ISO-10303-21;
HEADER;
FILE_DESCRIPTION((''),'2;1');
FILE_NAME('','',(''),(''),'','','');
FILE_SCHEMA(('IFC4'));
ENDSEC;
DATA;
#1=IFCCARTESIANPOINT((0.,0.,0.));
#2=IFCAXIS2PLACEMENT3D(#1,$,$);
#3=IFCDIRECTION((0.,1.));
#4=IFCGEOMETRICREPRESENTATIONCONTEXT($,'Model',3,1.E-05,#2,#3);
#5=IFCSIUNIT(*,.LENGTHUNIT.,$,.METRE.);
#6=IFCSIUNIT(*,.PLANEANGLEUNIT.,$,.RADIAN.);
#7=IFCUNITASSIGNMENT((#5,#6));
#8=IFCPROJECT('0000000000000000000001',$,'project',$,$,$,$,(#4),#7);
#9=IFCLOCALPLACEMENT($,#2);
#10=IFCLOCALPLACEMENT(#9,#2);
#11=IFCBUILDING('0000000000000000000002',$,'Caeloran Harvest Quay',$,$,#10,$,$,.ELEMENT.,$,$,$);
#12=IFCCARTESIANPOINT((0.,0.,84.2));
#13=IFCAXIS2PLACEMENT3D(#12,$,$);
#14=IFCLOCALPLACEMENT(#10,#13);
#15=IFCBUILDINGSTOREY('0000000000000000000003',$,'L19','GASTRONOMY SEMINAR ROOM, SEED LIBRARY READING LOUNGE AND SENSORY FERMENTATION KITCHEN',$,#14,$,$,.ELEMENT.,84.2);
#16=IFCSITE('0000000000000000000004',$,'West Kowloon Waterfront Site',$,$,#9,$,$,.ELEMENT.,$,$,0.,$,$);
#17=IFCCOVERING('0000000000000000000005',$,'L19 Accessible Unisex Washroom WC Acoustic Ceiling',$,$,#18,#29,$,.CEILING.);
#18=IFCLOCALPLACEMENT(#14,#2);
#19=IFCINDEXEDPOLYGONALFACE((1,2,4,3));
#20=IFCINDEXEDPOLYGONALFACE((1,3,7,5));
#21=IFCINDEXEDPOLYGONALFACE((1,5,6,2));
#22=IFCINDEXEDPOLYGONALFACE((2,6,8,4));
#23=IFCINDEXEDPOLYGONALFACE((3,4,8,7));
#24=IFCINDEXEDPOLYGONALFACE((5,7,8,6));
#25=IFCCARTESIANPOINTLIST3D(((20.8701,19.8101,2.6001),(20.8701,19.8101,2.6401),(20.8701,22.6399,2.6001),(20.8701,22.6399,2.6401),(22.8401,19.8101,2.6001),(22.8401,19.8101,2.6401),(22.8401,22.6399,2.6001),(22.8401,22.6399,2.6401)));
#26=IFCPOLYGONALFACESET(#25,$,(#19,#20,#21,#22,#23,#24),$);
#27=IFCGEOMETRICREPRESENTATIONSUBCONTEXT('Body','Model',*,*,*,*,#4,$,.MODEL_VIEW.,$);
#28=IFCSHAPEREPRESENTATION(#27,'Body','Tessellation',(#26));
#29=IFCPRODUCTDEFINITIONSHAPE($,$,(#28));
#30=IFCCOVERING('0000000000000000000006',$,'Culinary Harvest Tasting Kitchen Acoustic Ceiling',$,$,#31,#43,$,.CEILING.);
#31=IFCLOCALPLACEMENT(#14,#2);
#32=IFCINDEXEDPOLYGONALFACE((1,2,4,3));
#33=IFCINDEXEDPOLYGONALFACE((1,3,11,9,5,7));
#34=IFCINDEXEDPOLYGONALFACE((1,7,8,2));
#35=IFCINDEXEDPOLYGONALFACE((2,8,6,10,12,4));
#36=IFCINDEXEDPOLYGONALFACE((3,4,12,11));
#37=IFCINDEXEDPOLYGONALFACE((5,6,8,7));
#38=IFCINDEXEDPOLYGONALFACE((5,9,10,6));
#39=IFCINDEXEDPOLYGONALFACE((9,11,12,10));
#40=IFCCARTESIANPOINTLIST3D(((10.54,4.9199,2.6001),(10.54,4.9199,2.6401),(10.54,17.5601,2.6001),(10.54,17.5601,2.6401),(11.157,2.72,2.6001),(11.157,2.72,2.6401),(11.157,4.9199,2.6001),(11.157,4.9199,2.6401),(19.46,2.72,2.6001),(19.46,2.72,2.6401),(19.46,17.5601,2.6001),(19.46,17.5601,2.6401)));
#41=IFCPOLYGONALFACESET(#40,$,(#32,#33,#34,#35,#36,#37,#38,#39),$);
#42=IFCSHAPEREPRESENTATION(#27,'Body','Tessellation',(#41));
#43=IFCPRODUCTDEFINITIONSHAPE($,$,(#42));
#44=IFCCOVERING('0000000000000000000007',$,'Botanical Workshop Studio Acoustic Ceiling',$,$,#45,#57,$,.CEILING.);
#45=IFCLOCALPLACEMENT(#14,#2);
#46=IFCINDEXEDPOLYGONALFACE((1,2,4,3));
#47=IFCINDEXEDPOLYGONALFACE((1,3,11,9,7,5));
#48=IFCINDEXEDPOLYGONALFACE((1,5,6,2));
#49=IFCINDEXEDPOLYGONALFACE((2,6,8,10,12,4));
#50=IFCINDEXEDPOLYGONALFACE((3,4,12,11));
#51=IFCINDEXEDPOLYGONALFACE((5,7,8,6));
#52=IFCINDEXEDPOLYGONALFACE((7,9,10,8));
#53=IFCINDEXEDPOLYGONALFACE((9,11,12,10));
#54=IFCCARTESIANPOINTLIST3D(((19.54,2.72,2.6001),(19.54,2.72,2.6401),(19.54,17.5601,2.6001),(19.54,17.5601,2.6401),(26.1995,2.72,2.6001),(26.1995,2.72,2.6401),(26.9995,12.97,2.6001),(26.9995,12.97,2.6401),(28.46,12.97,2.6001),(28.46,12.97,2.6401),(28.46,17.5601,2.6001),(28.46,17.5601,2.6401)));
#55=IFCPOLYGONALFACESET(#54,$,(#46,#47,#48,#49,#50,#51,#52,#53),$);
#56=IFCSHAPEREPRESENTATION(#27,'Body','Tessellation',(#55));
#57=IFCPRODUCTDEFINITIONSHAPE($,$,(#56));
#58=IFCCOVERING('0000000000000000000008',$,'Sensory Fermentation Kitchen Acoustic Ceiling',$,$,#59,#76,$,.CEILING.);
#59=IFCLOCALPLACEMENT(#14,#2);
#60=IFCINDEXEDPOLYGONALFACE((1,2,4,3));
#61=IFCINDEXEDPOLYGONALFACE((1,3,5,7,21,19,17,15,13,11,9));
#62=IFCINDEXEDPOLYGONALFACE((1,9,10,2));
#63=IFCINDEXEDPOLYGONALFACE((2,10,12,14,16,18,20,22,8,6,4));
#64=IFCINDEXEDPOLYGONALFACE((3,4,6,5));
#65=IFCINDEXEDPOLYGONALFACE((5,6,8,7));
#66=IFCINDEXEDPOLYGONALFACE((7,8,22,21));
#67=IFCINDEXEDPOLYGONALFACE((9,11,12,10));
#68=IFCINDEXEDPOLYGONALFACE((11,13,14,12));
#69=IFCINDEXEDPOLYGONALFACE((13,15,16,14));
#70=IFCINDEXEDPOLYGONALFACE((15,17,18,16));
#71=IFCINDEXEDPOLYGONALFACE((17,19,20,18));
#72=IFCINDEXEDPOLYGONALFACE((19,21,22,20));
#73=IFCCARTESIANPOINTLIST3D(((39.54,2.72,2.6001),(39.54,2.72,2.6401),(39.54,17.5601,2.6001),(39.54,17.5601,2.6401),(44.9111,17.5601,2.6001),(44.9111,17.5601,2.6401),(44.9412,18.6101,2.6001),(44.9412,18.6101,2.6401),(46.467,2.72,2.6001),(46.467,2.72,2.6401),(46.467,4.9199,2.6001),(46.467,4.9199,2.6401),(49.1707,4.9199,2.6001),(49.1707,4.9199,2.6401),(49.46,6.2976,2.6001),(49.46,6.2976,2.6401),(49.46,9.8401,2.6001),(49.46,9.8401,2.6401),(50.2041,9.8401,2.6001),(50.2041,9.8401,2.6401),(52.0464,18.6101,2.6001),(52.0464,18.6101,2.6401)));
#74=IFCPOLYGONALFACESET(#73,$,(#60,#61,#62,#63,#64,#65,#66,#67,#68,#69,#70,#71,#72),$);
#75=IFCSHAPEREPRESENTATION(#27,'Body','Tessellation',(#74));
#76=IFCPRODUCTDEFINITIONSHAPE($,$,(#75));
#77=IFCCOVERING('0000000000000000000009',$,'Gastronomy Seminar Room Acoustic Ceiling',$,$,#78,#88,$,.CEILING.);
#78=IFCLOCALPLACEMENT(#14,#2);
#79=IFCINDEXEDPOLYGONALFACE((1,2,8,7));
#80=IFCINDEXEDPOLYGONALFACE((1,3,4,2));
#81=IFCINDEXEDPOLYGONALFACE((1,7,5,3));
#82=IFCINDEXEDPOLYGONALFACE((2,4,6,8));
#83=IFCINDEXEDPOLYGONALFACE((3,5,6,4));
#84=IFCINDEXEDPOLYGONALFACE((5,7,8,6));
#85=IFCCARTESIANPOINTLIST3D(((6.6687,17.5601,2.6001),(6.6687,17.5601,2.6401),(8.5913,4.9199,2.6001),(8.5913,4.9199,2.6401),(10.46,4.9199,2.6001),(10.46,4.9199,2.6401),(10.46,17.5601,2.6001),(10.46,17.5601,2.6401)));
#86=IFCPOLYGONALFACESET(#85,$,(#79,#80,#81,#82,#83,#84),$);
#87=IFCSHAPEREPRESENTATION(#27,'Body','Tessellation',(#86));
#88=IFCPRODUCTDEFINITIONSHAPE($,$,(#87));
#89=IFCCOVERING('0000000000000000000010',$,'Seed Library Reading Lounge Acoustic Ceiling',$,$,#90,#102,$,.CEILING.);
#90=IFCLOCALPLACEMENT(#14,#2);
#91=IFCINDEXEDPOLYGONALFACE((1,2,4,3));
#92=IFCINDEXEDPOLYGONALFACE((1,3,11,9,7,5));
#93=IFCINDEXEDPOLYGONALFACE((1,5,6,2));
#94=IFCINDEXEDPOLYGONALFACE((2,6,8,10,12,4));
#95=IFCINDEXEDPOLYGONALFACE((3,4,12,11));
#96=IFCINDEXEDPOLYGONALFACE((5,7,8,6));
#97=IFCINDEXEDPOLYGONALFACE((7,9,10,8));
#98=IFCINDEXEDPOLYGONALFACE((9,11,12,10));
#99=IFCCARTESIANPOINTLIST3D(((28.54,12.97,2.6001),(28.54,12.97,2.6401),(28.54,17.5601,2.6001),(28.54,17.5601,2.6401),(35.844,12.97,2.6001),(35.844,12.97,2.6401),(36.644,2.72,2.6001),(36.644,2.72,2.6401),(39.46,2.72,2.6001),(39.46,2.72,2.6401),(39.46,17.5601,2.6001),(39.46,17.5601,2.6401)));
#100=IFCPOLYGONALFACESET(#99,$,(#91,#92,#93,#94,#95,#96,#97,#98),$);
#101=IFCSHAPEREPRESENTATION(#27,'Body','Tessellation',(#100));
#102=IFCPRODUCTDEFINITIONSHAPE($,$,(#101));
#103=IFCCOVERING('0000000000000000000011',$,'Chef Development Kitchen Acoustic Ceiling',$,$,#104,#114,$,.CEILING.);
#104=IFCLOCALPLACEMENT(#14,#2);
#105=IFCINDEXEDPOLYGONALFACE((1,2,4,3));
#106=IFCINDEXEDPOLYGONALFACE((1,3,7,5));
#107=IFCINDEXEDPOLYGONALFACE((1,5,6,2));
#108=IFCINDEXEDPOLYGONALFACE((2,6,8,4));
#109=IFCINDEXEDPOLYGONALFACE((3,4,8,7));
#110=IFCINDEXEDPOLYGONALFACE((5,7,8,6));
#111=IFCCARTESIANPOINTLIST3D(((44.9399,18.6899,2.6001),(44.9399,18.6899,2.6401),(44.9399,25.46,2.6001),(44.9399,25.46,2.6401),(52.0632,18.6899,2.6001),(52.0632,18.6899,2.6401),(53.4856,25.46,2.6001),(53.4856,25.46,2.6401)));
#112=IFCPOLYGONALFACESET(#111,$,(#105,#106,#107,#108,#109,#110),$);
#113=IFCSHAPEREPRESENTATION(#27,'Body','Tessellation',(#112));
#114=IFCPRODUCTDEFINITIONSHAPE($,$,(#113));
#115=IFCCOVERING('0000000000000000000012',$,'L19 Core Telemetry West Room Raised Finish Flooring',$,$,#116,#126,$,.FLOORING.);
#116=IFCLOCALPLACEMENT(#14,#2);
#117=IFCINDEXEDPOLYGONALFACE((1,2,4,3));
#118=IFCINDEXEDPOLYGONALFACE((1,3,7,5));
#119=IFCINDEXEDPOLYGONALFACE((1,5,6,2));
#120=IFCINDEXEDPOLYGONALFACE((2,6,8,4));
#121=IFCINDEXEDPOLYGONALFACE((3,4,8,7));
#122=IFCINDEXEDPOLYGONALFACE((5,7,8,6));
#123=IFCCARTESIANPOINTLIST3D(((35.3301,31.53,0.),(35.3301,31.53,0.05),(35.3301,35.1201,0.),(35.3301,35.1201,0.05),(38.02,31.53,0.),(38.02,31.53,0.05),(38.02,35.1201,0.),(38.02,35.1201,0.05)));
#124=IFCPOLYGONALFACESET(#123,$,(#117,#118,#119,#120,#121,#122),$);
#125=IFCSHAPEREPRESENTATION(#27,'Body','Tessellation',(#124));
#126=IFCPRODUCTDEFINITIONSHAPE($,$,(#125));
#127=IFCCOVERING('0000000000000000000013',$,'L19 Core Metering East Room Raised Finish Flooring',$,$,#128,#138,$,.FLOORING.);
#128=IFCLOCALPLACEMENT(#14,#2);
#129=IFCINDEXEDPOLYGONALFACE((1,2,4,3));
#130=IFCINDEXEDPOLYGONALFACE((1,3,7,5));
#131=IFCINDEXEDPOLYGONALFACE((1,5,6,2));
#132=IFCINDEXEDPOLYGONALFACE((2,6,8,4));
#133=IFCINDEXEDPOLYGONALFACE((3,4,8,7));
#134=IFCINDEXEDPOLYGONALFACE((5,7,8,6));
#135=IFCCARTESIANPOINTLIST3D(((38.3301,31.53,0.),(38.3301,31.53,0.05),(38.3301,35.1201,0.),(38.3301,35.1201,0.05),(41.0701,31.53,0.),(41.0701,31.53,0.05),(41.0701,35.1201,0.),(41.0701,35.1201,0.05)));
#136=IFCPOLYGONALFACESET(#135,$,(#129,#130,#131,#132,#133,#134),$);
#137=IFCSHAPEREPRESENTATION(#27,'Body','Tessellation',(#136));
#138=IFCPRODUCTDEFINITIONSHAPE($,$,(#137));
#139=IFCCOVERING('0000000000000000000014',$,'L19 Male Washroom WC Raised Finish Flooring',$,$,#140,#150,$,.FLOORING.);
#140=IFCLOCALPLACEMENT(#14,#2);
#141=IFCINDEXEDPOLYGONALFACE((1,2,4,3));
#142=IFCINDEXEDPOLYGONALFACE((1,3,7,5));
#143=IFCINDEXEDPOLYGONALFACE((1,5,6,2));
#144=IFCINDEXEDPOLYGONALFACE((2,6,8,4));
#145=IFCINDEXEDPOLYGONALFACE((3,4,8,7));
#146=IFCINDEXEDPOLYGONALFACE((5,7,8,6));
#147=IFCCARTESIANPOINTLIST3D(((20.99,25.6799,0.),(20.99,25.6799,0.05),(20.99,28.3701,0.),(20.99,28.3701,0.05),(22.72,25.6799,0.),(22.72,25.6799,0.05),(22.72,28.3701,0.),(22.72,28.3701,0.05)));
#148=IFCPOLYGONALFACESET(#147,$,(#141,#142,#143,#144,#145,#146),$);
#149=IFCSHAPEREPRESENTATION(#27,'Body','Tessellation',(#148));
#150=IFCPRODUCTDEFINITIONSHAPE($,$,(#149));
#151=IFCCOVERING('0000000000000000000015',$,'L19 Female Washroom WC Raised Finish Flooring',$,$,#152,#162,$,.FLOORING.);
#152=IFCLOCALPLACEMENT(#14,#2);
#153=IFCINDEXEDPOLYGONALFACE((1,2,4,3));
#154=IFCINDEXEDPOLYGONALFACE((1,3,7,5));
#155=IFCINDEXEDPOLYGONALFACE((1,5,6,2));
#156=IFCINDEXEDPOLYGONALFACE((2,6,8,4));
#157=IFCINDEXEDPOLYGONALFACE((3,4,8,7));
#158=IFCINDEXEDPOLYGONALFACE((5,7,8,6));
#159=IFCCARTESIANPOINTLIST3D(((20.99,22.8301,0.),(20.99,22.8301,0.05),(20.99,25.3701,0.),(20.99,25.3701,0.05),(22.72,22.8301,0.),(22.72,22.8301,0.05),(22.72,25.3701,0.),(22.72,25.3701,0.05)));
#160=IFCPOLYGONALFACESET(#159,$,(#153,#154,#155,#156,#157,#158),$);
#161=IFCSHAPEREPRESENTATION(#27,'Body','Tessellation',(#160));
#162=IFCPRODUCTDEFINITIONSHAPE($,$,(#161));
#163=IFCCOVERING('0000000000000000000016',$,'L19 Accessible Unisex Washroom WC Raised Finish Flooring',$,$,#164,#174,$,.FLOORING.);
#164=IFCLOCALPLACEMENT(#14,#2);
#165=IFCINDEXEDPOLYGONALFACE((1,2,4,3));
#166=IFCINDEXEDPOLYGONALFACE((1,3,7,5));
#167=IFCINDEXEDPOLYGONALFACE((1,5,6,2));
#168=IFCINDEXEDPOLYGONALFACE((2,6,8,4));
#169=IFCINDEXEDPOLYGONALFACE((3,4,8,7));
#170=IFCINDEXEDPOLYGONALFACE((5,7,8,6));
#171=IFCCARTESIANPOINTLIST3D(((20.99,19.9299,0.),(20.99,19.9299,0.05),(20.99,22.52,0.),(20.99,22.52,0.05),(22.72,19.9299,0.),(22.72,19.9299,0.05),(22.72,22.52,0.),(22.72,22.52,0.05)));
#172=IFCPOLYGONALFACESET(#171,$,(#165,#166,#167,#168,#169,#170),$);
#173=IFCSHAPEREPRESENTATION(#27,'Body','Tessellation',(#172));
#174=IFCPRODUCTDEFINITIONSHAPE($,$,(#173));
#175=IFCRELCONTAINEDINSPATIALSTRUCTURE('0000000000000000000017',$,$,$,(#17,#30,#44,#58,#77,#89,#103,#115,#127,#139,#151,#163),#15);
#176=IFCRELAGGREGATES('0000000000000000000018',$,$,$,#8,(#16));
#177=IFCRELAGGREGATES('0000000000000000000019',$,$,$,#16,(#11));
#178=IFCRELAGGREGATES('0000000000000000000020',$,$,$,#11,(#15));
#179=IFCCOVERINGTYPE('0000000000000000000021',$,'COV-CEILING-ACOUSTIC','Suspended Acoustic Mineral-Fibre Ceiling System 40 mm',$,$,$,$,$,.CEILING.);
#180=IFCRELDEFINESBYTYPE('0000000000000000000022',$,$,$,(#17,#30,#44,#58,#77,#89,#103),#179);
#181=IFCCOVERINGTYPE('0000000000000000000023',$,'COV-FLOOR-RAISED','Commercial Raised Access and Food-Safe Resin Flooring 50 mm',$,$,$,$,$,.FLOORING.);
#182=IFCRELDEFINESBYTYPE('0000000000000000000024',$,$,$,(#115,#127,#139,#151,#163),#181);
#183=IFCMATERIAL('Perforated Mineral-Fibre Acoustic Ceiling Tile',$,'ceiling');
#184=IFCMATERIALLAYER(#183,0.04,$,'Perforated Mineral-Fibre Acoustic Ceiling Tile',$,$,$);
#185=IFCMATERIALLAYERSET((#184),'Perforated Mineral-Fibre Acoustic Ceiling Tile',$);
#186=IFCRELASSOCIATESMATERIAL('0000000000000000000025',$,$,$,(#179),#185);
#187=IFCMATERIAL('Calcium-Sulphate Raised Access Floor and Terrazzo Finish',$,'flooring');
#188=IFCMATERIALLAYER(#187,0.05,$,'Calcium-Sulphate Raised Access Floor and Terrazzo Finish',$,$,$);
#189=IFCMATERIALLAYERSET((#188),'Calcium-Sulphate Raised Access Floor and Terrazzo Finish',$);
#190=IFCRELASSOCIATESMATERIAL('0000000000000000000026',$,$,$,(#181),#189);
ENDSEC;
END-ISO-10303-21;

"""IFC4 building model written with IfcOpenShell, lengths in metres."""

from ifc_helpers import new_model, si_unit, direction, frame, origin, place, context, subcontext, project, spatial, polyline, outline, extrude, material, layer, layer_set, type_object, element, save


model = new_model("IFC4")

# Units and contexts
model_context = context("Model", 3, precision=1e-05, world=origin(), true_north=direction((0.0, 1.0)))
body_context = subcontext(model_context, "Body", "Model", "MODEL_VIEW")
ifc_project = project(units=[si_unit("LENGTHUNIT", "METRE"), si_unit("PLANEANGLEUNIT", "RADIAN")], contexts=[model_context])

# Site, building, storey
site_placement = place(None, origin())
site = spatial("IfcSite", under=ifc_project, at=site_placement, Name="West Kowloon Waterfront Site", CompositionType="ELEMENT", RefElevation=0.0)
building_placement = place(site_placement, origin())
building = spatial("IfcBuilding", under=site, at=building_placement, Name="Caeloran Harvest Quay", CompositionType="ELEMENT")
storey_placement = place(building_placement, frame((0.0, 0.0, 84.2)))
storey = spatial("IfcBuildingStorey", under=building, at=storey_placement, Name="L19", Description="GASTRONOMY SEMINAR ROOM, SEED LIBRARY READING LOUNGE AND SENSORY FERMENTATION KITCHEN", CompositionType="ELEMENT", Elevation=84.2)

# Coverings
ifc_material_1 = material(Name="Perforated Mineral-Fibre Acoustic Ceiling Tile", Category="ceiling")
ifc_layer_1 = layer(ifc_material_1, 0.04, Name="Perforated Mineral-Fibre Acoustic Ceiling Tile")
ifc_layer_set_1 = layer_set([ifc_layer_1], Name="Perforated Mineral-Fibre Acoustic Ceiling Tile")
covering_type_1 = type_object("IfcCoveringType", Name="COV-CEILING-ACOUSTIC", Description="Suspended Acoustic Mineral-Fibre Ceiling System 40 mm", PredefinedType="CEILING", material=ifc_layer_set_1)
covering_1_placement = place(storey_placement, frame((0.0, 0.0, 2.6001)))
element("IfcCovering", 1, at=covering_1_placement, inside=storey, type_object=covering_type_1, Name="L19 Accessible Unisex Washroom WC Acoustic Ceiling", PredefinedType="CEILING", context=body_context, shape_type="SweptSolid", body=[
    extrude(outline(polyline([(22.8401, 19.8101), (20.8701, 19.8101), (20.8701, 22.6399), (22.8401, 22.6399), (22.8401, 19.8101)])), origin(), (0.0, 0.0, 1.0), 0.04),
])
covering_2_placement = place(storey_placement, frame((0.0, 0.0, 2.6001)))
element("IfcCovering", 2, at=covering_2_placement, inside=storey, type_object=covering_type_1, Name="Culinary Harvest Tasting Kitchen Acoustic Ceiling", PredefinedType="CEILING", context=body_context, shape_type="SweptSolid", body=[
    extrude(outline(polyline([(11.157, 4.9199), (10.54, 4.9199), (10.54, 17.5601), (19.46, 17.5601), (19.46, 2.72), (11.157, 2.72), (11.157, 4.9199)])), origin(), (0.0, 0.0, 1.0), 0.04),
])
covering_3_placement = place(storey_placement, frame((0.0, 0.0, 2.6001)))
element("IfcCovering", 3, at=covering_3_placement, inside=storey, type_object=covering_type_1, Name="Botanical Workshop Studio Acoustic Ceiling", PredefinedType="CEILING", context=body_context, shape_type="SweptSolid", body=[
    extrude(outline(polyline([(26.1995, 2.72), (19.54, 2.72), (19.54, 17.5601), (28.46, 17.5601), (28.46, 12.97), (26.9995, 12.97), (26.1995, 2.72)])), origin(), (0.0, 0.0, 1.0), 0.04),
])
covering_4_placement = place(storey_placement, frame((0.0, 0.0, 2.6001)))
element("IfcCovering", 4, at=covering_4_placement, inside=storey, type_object=covering_type_1, Name="Sensory Fermentation Kitchen Acoustic Ceiling", PredefinedType="CEILING", context=body_context, shape_type="SweptSolid", body=[
    extrude(outline(polyline([(52.0464, 18.6101), (50.2041, 9.8401), (49.46, 9.8401), (49.46, 6.2976), (49.1707, 4.9199), (46.467, 4.9199), (46.467, 2.72), (39.54, 2.72), (39.54, 17.5601), (44.9111, 17.5601), (44.9412, 18.6101), (52.0464, 18.6101)])), origin(), (0.0, 0.0, 1.0), 0.04),
])
covering_5_placement = place(storey_placement, frame((0.0, 0.0, 2.6001)))
element("IfcCovering", 5, at=covering_5_placement, inside=storey, type_object=covering_type_1, Name="Gastronomy Seminar Room Acoustic Ceiling", PredefinedType="CEILING", context=body_context, shape_type="SweptSolid", body=[
    extrude(outline(polyline([(10.46, 4.9199), (8.5913, 4.9199), (6.6687, 17.5601), (10.46, 17.5601), (10.46, 4.9199)])), origin(), (0.0, 0.0, 1.0), 0.04),
])
covering_6_placement = place(storey_placement, frame((0.0, 0.0, 2.6001)))
element("IfcCovering", 6, at=covering_6_placement, inside=storey, type_object=covering_type_1, Name="Seed Library Reading Lounge Acoustic Ceiling", PredefinedType="CEILING", context=body_context, shape_type="SweptSolid", body=[
    extrude(outline(polyline([(28.54, 17.5601), (39.46, 17.5601), (39.46, 2.72), (36.644, 2.72), (35.844, 12.97), (28.54, 12.97), (28.54, 17.5601)])), origin(), (0.0, 0.0, 1.0), 0.04),
])
covering_7_placement = place(storey_placement, frame((0.0, 0.0, 2.6001)))
element("IfcCovering", 7, at=covering_7_placement, inside=storey, type_object=covering_type_1, Name="Chef Development Kitchen Acoustic Ceiling", PredefinedType="CEILING", context=body_context, shape_type="SweptSolid", body=[
    extrude(outline(polyline([(44.9399, 18.6899), (44.9399, 25.46), (53.4856, 25.46), (52.0632, 18.6899), (44.9399, 18.6899)])), origin(), (0.0, 0.0, 1.0), 0.04),
])
ifc_material_2 = material(Name="Calcium-Sulphate Raised Access Floor and Terrazzo Finish", Category="flooring")
ifc_layer_2 = layer(ifc_material_2, 0.05, Name="Calcium-Sulphate Raised Access Floor and Terrazzo Finish")
ifc_layer_set_2 = layer_set([ifc_layer_2], Name="Calcium-Sulphate Raised Access Floor and Terrazzo Finish")
covering_type_2 = type_object("IfcCoveringType", Name="COV-FLOOR-RAISED", Description="Commercial Raised Access and Food-Safe Resin Flooring 50 mm", PredefinedType="FLOORING", material=ifc_layer_set_2)
covering_8_placement = place(storey_placement, origin())
element("IfcCovering", 8, at=covering_8_placement, inside=storey, type_object=covering_type_2, Name="L19 Core Telemetry West Room Raised Finish Flooring", PredefinedType="FLOORING", context=body_context, shape_type="SweptSolid", body=[
    extrude(outline(polyline([(38.02, 35.1201), (38.02, 31.53), (35.3301, 31.53), (35.3301, 35.1201), (38.02, 35.1201)])), origin(), (0.0, 0.0, 1.0), 0.05),
])
covering_9_placement = place(storey_placement, origin())
element("IfcCovering", 9, at=covering_9_placement, inside=storey, type_object=covering_type_2, Name="L19 Core Metering East Room Raised Finish Flooring", PredefinedType="FLOORING", context=body_context, shape_type="SweptSolid", body=[
    extrude(outline(polyline([(41.0701, 35.1201), (41.0701, 31.53), (38.3301, 31.53), (38.3301, 35.1201), (41.0701, 35.1201)])), origin(), (0.0, 0.0, 1.0), 0.05),
])
covering_10_placement = place(storey_placement, origin())
element("IfcCovering", 10, at=covering_10_placement, inside=storey, type_object=covering_type_2, Name="L19 Male Washroom WC Raised Finish Flooring", PredefinedType="FLOORING", context=body_context, shape_type="SweptSolid", body=[
    extrude(outline(polyline([(22.72, 25.6799), (20.99, 25.6799), (20.99, 28.3701), (22.72, 28.3701), (22.72, 25.6799)])), origin(), (0.0, 0.0, 1.0), 0.05),
])
covering_11_placement = place(storey_placement, origin())
element("IfcCovering", 11, at=covering_11_placement, inside=storey, type_object=covering_type_2, Name="L19 Female Washroom WC Raised Finish Flooring", PredefinedType="FLOORING", context=body_context, shape_type="SweptSolid", body=[
    extrude(outline(polyline([(22.72, 22.8301), (20.99, 22.8301), (20.99, 25.3701), (22.72, 25.3701), (22.72, 22.8301)])), origin(), (0.0, 0.0, 1.0), 0.05),
])
covering_12_placement = place(storey_placement, origin())
element("IfcCovering", 12, at=covering_12_placement, inside=storey, type_object=covering_type_2, Name="L19 Accessible Unisex Washroom WC Raised Finish Flooring", PredefinedType="FLOORING", context=body_context, shape_type="SweptSolid", body=[
    extrude(outline(polyline([(22.72, 19.9299), (20.99, 19.9299), (20.99, 22.52), (22.72, 22.52), (22.72, 19.9299)])), origin(), (0.0, 0.0, 1.0), 0.05),
])

save(model, "model.ifc")
